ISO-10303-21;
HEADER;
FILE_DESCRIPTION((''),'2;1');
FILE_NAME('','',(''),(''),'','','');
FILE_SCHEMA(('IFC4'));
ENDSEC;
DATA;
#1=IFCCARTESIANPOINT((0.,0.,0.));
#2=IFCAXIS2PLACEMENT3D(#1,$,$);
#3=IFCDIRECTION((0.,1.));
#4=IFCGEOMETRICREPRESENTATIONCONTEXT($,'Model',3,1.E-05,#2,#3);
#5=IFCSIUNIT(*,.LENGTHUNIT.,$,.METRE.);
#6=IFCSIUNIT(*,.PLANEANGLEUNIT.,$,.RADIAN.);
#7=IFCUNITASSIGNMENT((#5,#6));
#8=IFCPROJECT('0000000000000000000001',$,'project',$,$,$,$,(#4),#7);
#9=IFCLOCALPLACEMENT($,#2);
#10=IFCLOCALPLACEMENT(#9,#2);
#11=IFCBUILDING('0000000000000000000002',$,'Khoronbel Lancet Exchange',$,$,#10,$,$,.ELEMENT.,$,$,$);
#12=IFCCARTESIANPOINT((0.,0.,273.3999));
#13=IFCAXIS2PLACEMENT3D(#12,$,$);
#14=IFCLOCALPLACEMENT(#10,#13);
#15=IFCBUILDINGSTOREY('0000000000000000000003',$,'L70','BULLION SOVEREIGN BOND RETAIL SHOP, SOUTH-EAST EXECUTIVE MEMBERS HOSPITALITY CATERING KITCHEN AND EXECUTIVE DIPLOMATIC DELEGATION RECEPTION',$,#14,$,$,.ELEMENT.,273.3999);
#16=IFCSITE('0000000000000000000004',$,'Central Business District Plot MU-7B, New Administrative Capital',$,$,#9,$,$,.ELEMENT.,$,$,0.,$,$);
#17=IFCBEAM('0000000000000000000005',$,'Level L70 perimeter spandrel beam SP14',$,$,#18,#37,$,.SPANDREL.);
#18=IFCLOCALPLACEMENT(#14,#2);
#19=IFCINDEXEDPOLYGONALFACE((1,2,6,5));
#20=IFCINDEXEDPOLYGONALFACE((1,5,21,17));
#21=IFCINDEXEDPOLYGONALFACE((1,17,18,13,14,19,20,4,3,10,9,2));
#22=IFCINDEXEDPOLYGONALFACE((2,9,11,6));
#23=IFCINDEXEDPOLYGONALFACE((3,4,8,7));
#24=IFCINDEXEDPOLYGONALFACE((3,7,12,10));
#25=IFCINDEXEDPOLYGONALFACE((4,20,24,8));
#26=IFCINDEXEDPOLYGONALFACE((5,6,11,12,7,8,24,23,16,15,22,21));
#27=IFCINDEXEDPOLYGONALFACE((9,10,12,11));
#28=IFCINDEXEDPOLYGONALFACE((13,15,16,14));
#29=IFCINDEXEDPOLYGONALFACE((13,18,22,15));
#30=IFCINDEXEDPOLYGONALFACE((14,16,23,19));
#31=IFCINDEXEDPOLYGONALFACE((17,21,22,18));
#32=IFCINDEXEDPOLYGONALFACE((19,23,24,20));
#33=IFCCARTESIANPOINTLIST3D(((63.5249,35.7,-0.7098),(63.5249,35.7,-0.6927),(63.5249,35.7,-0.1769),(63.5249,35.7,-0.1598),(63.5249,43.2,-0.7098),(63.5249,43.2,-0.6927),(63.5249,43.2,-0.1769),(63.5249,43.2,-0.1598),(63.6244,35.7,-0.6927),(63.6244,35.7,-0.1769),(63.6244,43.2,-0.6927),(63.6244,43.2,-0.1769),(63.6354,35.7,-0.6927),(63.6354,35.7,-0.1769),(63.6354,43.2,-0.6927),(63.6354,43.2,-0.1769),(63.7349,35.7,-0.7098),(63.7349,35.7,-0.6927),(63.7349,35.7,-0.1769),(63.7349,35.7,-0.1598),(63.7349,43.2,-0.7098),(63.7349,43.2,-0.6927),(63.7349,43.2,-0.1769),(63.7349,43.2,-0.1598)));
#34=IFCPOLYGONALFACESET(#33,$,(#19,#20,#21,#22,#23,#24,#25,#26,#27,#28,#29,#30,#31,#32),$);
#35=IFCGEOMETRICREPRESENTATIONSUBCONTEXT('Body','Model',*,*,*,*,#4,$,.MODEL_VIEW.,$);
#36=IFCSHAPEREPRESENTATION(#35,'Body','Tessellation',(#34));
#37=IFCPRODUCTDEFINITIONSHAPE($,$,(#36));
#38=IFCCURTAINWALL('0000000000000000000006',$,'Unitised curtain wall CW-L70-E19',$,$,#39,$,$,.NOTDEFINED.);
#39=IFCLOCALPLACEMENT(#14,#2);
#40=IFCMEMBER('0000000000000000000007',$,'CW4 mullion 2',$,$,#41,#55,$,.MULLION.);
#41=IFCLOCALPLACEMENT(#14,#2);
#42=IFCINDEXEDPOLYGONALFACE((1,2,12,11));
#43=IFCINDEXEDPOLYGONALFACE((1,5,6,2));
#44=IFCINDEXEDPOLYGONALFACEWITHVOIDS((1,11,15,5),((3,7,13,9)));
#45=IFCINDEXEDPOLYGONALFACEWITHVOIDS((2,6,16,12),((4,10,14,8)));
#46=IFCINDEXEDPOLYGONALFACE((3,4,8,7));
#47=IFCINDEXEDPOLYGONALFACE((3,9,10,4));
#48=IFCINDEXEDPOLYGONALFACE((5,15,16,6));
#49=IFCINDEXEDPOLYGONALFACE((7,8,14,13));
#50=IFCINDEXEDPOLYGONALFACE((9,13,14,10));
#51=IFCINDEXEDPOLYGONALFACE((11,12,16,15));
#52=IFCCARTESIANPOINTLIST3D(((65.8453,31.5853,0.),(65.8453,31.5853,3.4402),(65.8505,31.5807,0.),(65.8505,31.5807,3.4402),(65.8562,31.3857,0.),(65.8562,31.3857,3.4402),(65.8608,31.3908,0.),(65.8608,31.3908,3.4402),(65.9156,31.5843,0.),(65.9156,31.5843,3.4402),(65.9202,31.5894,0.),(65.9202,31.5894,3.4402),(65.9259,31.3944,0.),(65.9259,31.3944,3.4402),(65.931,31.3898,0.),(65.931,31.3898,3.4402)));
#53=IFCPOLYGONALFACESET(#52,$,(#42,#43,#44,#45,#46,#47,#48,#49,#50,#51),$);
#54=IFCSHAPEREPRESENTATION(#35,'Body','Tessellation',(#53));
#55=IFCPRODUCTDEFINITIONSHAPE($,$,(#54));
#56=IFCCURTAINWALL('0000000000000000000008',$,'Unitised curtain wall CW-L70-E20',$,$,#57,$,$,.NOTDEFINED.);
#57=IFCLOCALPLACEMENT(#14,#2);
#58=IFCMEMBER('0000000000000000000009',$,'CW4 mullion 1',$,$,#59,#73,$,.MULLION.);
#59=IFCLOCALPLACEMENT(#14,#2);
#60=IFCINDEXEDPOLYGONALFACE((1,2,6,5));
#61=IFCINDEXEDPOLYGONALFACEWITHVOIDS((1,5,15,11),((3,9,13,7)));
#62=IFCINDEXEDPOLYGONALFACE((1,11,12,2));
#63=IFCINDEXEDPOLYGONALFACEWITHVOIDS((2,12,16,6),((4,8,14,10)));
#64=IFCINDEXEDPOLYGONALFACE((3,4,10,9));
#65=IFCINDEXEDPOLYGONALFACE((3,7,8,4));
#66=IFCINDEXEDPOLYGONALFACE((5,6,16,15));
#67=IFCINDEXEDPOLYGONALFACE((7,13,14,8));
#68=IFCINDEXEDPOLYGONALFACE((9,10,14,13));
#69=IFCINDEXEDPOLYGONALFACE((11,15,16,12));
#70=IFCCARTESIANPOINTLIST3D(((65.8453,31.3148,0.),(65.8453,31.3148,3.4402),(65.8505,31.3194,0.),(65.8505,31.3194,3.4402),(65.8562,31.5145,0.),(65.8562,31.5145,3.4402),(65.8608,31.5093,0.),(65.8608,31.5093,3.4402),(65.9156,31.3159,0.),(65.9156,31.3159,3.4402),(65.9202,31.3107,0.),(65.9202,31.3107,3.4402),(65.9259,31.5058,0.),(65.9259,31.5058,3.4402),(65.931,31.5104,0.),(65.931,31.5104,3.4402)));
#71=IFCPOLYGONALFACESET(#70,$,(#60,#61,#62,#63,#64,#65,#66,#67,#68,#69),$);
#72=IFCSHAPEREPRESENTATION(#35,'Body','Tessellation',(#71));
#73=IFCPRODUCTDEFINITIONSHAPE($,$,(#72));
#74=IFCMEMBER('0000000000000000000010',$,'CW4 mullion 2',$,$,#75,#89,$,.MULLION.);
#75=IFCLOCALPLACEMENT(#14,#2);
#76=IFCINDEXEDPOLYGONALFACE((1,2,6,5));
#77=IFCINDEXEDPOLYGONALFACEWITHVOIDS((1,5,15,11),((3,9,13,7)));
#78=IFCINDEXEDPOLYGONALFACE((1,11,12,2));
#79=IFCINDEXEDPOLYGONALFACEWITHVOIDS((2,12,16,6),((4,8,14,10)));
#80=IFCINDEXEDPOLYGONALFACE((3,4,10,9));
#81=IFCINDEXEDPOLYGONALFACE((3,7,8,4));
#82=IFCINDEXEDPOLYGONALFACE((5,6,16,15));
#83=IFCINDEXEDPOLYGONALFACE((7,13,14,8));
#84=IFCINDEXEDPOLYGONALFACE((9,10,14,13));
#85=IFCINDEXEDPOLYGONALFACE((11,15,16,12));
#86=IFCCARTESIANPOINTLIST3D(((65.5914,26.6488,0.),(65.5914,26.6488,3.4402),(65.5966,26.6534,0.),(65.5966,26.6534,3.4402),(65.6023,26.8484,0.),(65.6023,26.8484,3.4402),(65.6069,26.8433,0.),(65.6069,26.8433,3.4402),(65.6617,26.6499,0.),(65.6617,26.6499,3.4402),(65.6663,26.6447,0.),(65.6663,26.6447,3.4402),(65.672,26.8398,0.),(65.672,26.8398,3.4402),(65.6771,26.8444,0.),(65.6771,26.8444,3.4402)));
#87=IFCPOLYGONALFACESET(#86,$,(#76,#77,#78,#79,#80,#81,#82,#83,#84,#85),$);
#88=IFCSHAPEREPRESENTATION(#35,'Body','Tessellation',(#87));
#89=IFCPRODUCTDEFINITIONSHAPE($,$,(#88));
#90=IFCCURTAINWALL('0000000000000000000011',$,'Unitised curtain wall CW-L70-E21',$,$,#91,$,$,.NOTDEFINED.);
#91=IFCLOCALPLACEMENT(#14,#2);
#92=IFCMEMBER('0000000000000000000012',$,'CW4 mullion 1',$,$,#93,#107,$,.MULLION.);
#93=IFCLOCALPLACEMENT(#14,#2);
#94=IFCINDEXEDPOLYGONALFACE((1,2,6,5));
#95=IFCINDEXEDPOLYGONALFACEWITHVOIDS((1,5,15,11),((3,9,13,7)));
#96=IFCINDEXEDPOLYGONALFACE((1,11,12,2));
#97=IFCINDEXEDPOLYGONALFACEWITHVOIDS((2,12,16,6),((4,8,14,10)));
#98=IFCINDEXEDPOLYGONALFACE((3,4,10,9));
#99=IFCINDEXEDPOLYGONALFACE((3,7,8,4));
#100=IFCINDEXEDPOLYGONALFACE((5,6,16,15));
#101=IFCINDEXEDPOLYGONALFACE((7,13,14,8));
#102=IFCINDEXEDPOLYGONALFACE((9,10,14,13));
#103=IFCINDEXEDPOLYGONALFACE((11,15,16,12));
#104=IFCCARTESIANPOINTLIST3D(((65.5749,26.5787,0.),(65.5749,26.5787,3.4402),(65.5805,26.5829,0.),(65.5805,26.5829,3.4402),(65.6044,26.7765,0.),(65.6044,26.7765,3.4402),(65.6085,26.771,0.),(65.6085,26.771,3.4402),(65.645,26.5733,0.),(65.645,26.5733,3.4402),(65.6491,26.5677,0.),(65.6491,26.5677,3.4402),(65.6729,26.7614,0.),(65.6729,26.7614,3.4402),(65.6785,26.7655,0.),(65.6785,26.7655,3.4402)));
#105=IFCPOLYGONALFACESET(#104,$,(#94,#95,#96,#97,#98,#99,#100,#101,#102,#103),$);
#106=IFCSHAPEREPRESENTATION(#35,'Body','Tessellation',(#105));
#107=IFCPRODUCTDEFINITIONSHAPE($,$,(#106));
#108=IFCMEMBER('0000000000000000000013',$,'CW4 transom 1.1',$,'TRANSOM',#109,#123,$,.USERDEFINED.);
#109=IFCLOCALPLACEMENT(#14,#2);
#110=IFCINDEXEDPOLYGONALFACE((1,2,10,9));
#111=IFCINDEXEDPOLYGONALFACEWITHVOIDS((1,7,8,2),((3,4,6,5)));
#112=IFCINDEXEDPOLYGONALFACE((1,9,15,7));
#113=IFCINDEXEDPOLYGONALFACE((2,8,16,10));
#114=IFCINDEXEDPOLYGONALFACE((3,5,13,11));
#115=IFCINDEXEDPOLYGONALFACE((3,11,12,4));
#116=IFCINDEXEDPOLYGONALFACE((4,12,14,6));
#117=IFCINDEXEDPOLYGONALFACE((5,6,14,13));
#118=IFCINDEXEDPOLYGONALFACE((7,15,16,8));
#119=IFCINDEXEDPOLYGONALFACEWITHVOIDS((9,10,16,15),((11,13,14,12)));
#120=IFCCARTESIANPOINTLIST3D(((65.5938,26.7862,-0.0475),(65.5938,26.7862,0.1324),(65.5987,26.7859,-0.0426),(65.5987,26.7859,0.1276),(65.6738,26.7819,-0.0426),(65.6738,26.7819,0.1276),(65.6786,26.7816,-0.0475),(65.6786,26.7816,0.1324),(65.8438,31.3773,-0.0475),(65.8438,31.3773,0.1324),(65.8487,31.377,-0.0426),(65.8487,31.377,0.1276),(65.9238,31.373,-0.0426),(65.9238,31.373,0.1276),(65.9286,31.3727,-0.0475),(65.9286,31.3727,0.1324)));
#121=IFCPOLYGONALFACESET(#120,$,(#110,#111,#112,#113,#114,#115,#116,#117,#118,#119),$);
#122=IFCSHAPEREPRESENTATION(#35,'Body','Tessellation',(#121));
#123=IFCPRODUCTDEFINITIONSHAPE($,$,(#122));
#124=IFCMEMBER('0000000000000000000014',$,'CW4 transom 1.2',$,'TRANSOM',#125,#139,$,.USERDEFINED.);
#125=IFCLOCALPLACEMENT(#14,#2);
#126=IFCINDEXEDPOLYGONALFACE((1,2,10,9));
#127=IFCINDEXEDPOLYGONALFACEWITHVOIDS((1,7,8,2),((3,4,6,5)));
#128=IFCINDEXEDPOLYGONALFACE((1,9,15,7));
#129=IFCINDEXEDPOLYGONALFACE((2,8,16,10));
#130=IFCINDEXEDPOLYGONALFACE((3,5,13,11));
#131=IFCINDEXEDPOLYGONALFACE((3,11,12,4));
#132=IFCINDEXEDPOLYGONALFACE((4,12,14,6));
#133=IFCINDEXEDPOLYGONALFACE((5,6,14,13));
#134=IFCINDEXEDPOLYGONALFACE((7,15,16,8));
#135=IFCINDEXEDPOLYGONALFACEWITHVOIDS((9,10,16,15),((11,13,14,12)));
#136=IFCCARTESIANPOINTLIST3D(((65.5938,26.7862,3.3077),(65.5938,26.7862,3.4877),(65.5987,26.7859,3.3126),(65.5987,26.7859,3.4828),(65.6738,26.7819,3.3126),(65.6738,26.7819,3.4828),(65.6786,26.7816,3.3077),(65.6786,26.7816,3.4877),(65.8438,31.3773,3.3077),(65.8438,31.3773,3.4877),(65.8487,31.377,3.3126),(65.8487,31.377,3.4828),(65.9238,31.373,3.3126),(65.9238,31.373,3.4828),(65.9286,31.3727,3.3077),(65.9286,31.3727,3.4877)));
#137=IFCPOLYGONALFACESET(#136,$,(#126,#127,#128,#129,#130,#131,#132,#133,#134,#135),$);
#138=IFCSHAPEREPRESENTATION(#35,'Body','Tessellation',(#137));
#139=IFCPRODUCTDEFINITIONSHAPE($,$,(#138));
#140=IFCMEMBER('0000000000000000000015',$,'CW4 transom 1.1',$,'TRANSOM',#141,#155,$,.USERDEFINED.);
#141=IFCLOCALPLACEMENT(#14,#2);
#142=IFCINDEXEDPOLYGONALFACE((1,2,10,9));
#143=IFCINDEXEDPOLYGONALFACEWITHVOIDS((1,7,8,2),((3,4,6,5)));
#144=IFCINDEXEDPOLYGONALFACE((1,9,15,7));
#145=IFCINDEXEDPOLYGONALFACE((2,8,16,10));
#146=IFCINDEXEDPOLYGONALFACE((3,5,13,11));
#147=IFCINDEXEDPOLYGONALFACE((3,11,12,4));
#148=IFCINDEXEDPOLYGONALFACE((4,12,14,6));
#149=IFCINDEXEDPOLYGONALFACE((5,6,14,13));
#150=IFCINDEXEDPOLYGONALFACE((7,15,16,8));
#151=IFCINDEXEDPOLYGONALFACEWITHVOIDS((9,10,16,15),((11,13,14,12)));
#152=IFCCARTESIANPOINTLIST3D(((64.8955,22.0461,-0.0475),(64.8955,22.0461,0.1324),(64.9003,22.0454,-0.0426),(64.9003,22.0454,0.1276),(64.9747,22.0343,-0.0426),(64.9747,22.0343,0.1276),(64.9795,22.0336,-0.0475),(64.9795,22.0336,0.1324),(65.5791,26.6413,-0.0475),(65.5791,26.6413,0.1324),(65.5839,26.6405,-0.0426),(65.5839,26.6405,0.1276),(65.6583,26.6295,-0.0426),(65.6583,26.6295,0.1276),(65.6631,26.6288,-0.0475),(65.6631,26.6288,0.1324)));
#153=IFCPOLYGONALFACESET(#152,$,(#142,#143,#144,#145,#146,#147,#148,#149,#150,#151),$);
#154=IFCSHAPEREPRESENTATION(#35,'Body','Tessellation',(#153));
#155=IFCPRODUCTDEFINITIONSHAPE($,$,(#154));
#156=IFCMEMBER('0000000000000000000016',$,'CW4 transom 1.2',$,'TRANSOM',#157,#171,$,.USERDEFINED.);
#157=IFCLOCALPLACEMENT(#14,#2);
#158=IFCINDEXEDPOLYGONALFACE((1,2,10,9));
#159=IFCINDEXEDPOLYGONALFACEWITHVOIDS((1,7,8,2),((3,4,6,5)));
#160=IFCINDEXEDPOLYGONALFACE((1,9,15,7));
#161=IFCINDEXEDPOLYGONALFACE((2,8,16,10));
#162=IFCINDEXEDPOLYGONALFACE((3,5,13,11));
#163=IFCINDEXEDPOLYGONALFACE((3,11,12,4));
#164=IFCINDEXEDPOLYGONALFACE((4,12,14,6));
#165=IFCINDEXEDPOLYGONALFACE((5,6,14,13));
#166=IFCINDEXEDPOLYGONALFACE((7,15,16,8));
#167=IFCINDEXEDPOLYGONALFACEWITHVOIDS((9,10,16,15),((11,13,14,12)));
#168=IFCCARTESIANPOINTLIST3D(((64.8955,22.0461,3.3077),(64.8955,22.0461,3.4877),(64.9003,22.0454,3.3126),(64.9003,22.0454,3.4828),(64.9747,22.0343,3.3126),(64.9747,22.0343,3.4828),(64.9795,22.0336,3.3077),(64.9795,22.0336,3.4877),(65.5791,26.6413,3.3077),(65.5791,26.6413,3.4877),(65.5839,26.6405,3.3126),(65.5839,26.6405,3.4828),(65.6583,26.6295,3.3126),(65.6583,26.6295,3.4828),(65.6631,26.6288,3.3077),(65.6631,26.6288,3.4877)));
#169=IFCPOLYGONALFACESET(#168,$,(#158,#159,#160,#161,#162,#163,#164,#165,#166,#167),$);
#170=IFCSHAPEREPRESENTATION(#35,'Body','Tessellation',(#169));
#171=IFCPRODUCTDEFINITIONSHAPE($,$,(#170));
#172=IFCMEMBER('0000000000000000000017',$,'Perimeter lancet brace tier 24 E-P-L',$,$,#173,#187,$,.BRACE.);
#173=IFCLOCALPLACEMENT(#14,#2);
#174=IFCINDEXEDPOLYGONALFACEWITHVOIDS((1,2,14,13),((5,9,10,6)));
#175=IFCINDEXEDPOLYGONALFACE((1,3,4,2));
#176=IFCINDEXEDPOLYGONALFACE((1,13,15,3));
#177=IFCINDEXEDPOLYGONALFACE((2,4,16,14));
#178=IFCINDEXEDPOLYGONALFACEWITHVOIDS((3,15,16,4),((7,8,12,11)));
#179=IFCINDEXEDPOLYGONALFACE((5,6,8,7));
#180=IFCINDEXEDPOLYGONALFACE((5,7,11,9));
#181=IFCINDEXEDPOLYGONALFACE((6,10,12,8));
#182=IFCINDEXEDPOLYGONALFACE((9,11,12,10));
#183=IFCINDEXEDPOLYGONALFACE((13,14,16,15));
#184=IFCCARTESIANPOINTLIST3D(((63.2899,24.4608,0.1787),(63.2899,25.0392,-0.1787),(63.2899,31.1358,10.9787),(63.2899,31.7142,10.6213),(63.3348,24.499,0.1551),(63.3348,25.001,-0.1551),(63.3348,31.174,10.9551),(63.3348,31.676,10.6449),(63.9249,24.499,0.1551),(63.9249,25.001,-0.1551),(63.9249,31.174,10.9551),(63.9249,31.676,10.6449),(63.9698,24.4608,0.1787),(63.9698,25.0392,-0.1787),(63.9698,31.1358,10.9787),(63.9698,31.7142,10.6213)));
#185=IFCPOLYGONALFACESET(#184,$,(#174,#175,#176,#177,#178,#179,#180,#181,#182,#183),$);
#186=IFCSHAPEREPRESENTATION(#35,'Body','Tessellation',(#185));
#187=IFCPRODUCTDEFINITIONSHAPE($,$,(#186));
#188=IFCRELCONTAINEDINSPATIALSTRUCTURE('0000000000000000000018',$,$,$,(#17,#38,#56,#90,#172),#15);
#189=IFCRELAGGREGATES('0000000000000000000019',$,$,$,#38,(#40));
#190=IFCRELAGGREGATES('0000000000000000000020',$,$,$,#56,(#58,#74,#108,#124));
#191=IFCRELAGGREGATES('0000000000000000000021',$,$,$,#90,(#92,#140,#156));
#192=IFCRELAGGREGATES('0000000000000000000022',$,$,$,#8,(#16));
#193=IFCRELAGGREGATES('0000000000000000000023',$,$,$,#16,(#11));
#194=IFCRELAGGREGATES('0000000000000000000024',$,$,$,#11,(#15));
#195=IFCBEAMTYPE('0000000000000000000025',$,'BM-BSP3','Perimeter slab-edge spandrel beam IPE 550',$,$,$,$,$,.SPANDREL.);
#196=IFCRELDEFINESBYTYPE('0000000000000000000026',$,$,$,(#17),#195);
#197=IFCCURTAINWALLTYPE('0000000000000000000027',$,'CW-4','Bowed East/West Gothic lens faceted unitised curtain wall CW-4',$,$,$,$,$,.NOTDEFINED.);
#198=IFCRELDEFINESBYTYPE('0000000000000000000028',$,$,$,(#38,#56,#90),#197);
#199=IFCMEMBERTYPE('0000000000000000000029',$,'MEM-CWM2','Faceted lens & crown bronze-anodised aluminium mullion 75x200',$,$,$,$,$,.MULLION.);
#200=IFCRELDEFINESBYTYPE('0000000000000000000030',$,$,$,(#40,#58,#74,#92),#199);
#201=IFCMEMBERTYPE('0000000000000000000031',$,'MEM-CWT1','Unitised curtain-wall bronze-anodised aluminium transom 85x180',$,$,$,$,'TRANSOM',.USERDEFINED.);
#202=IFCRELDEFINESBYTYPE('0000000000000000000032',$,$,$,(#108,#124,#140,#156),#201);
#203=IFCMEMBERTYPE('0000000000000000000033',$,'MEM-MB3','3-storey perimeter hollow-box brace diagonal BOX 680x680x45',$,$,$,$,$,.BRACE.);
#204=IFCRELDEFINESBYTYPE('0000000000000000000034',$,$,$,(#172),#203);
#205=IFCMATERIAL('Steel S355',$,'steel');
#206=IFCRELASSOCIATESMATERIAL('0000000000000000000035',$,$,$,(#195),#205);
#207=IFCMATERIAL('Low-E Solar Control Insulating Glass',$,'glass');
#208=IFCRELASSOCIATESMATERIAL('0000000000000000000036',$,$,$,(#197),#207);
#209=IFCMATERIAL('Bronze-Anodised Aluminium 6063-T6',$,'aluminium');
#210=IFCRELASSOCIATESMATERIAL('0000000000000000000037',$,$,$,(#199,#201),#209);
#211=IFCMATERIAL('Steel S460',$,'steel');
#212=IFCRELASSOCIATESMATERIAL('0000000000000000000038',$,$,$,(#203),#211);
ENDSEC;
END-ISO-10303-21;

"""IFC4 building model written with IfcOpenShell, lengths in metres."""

from ifc_helpers import new_model, si_unit, direction, frame, origin, origin_2d, place, context, subcontext, project, spatial, hollow_rectangle, i_section, extrude, material, material_profile, profile_set, type_object, element, aggregate, save


model = new_model("IFC4")

# Units and contexts
model_context = context("Model", 3, precision=1e-05, world=origin(), true_north=direction((0.0, 1.0)))
body_context = subcontext(model_context, "Body", "Model", "MODEL_VIEW")
ifc_project = project(units=[si_unit("LENGTHUNIT", "METRE"), si_unit("PLANEANGLEUNIT", "RADIAN")], contexts=[model_context])

# Site, building, storey
site_placement = place(None, origin())
site = spatial("IfcSite", under=ifc_project, at=site_placement, Name="Central Business District Plot MU-7B, New Administrative Capital", CompositionType="ELEMENT", RefElevation=0.0)
building_placement = place(site_placement, origin())
building = spatial("IfcBuilding", under=site, at=building_placement, Name="Khoronbel Lancet Exchange", CompositionType="ELEMENT")
storey_placement = place(building_placement, frame((0.0, 0.0, 273.3999)))
storey = spatial("IfcBuildingStorey", under=building, at=storey_placement, Name="L70", Description="BULLION SOVEREIGN BOND RETAIL SHOP, SOUTH-EAST EXECUTIVE MEMBERS HOSPITALITY CATERING KITCHEN AND EXECUTIVE DIPLOMATIC DELEGATION RECEPTION", CompositionType="ELEMENT", Elevation=273.3999)

# Shared definitions
ifc_material_1 = material(Name="Steel S355", Category="steel")

# Beam
ifc_material_profile_1 = material_profile(ifc_material_1, i_section(OverallWidth=0.21, OverallDepth=0.55, WebThickness=0.011, FlangeThickness=0.0171, at=origin_2d()), Name="IPE 550")
ifc_profile_set_1 = profile_set([ifc_material_profile_1], Name="Steel S355")
beam_type_1 = type_object("IfcBeamType", Name="BM-BSP3", Description="Perimeter slab-edge spandrel beam IPE 550", PredefinedType="SPANDREL", material=ifc_profile_set_1)
beam_1_placement = place(storey_placement, frame((63.6299, 35.7, -0.4348), z_axis=(0.0, 1.0, 0.0), x_axis=(-1.0, 0.0, 0.0)))
element("IfcBeam", 1, at=beam_1_placement, inside=storey, type_object=beam_type_1, Name="Level L70 perimeter spandrel beam SP14", PredefinedType="SPANDREL", context=body_context, shape_type="SweptSolid", body=[
    extrude(i_section(OverallWidth=0.21, OverallDepth=0.55, WebThickness=0.011, FlangeThickness=0.0171, at=origin_2d()), origin(), (0.0, 0.0, 1.0), 7.5),
])

# Curtain wall, member
ifc_material_2 = material(Name="Low-E Solar Control Insulating Glass", Category="glass")
curtain_wall_type = type_object("IfcCurtainWallType", Name="CW-4", Description="Bowed East/West Gothic lens faceted unitised curtain wall CW-4", PredefinedType="NOTDEFINED", material=ifc_material_2)
curtain_wall_1_placement = place(storey_placement, origin())
curtain_wall_1 = element("IfcCurtainWall", 2, at=curtain_wall_1_placement, inside=storey, type_object=curtain_wall_type, Name="Unitised curtain wall CW-L70-E19", PredefinedType="NOTDEFINED")
ifc_material_3 = material(Name="Bronze-Anodised Aluminium 6063-T6", Category="aluminium")
ifc_material_profile_2 = material_profile(ifc_material_3, hollow_rectangle(XDim=0.075, YDim=0.2, WallThickness=0.0049, at=origin_2d()), Name="ALU MULLION 75x200")
ifc_profile_set_2 = profile_set([ifc_material_profile_2], Name="Bronze-Anodised Aluminium 6063-T6")
member_type_1 = type_object("IfcMemberType", Name="MEM-CWM2", Description="Faceted lens & crown bronze-anodised aluminium mullion 75x200", PredefinedType="MULLION", material=ifc_profile_set_2)
member_1_placement = place(storey_placement, frame((65.8882, 31.4875, 0.0), z_axis=(0.0, 0.0, 1.0), x_axis=(0.998521, 0.054361, 0.0)))
member_1 = element("IfcMember", 3, at=member_1_placement, type_object=member_type_1, Name="CW4 mullion 2", PredefinedType="MULLION", context=body_context, shape_type="SweptSolid", body=[
    extrude(hollow_rectangle(XDim=0.075, YDim=0.2, WallThickness=0.0049, at=origin_2d()), origin(), (0.0, 0.0, 1.0), 3.4402),
])

# Curtain wall, members
curtain_wall_2_placement = place(storey_placement, origin())
curtain_wall_2 = element("IfcCurtainWall", 4, at=curtain_wall_2_placement, inside=storey, type_object=curtain_wall_type, Name="Unitised curtain wall CW-L70-E20", PredefinedType="NOTDEFINED")
member_2_placement = place(storey_placement, frame((65.8882, 31.4126, 0.0), z_axis=(0.0, 0.0, 1.0), x_axis=(0.998521, -0.054361, 0.0)))
member_2 = element("IfcMember", 5, at=member_2_placement, type_object=member_type_1, Name="CW4 mullion 1", PredefinedType="MULLION", context=body_context, shape_type="SweptSolid", body=[
    extrude(hollow_rectangle(XDim=0.075, YDim=0.2, WallThickness=0.0049, at=origin_2d()), origin(), (0.0, 0.0, 1.0), 3.4402),
])
member_3_placement = place(storey_placement, frame((65.6343, 26.7466, 0.0), z_axis=(0.0, 0.0, 1.0), x_axis=(0.998521, -0.054361, 0.0)))
member_3 = element("IfcMember", 6, at=member_3_placement, type_object=member_type_1, Name="CW4 mullion 2", PredefinedType="MULLION", context=body_context, shape_type="SweptSolid", body=[
    extrude(hollow_rectangle(XDim=0.075, YDim=0.2, WallThickness=0.0049, at=origin_2d()), origin(), (0.0, 0.0, 1.0), 3.4402),
])

# Curtain wall, member
curtain_wall_3_placement = place(storey_placement, origin())
curtain_wall_3 = element("IfcCurtainWall", 7, at=curtain_wall_3_placement, inside=storey, type_object=curtain_wall_type, Name="Unitised curtain wall CW-L70-E21", PredefinedType="NOTDEFINED")
member_4_placement = place(storey_placement, frame((65.6267, 26.6721, 0.0), z_axis=(0.0, 0.0, 1.0), x_axis=(0.989114, -0.147152, 0.0)))
member_4 = element("IfcMember", 8, at=member_4_placement, type_object=member_type_1, Name="CW4 mullion 1", PredefinedType="MULLION", context=body_context, shape_type="SweptSolid", body=[
    extrude(hollow_rectangle(XDim=0.075, YDim=0.2, WallThickness=0.0049, at=origin_2d()), origin(), (0.0, 0.0, 1.0), 3.4402),
])

# Members
ifc_material_profile_3 = material_profile(ifc_material_3, hollow_rectangle(XDim=0.085, YDim=0.1799, WallThickness=0.0049, at=origin_2d()), Name="ALU TRANSOM 85x180")
ifc_profile_set_3 = profile_set([ifc_material_profile_3], Name="Bronze-Anodised Aluminium 6063-T6")
member_type_2 = type_object("IfcMemberType", Name="MEM-CWT1", Description="Unitised curtain-wall bronze-anodised aluminium transom 85x180", ElementType="TRANSOM", PredefinedType="USERDEFINED", material=ifc_profile_set_3)
member_5_placement = place(storey_placement, frame((65.8862, 31.375, 0.0425), z_axis=(-0.054373, -0.998521, 0.0), x_axis=(0.998521, -0.054373, 0.0)))
member_5 = element("IfcMember", 9, at=member_5_placement, type_object=member_type_2, Name="CW4 transom 1.1", ObjectType="TRANSOM", PredefinedType="USERDEFINED", context=body_context, shape_type="SweptSolid", body=[
    extrude(hollow_rectangle(XDim=0.085, YDim=0.1799, WallThickness=0.0049, at=origin_2d()), origin(), (0.0, 0.0, 1.0), 4.5979),
])
member_6_placement = place(storey_placement, frame((65.8862, 31.375, 3.3977), z_axis=(-0.054373, -0.998521, 0.0), x_axis=(0.998521, -0.054373, 0.0)))
member_6 = element("IfcMember", 10, at=member_6_placement, type_object=member_type_2, Name="CW4 transom 1.2", ObjectType="TRANSOM", PredefinedType="USERDEFINED", context=body_context, shape_type="SweptSolid", body=[
    extrude(hollow_rectangle(XDim=0.085, YDim=0.1799, WallThickness=0.0049, at=origin_2d()), origin(), (0.0, 0.0, 1.0), 4.5979),
])
member_7_placement = place(storey_placement, frame((65.6211, 26.635, 0.0425), z_axis=(-0.147143, -0.989115, 0.0), x_axis=(0.989115, -0.147143, 0.0)))
member_7 = element("IfcMember", 11, at=member_7_placement, type_object=member_type_2, Name="CW4 transom 1.1", ObjectType="TRANSOM", PredefinedType="USERDEFINED", context=body_context, shape_type="SweptSolid", body=[
    extrude(hollow_rectangle(XDim=0.085, YDim=0.1799, WallThickness=0.0049, at=origin_2d()), origin(), (0.0, 0.0, 1.0), 4.6458),
])
member_8_placement = place(storey_placement, frame((65.6211, 26.635, 3.3977), z_axis=(-0.147143, -0.989115, 0.0), x_axis=(0.989115, -0.147143, 0.0)))
member_8 = element("IfcMember", 12, at=member_8_placement, type_object=member_type_2, Name="CW4 transom 1.2", ObjectType="TRANSOM", PredefinedType="USERDEFINED", context=body_context, shape_type="SweptSolid", body=[
    extrude(hollow_rectangle(XDim=0.085, YDim=0.1799, WallThickness=0.0049, at=origin_2d()), origin(), (0.0, 0.0, 1.0), 4.6458),
])
ifc_material_4 = material(Name="Steel S460", Category="steel")
ifc_material_profile_4 = material_profile(ifc_material_4, hollow_rectangle(XDim=0.6799, YDim=0.6799, WallThickness=0.0449, at=origin_2d()), Name="BOX 680x680x45")
ifc_profile_set_4 = profile_set([ifc_material_profile_4], Name="Steel S460")
member_type_3 = type_object("IfcMemberType", Name="MEM-MB3", Description="3-storey perimeter hollow-box brace diagonal BOX 680x680x45", PredefinedType="BRACE", material=ifc_profile_set_4)
member_9_placement = place(storey_placement, frame((63.6299, 24.75, 0.0), z_axis=(0.0, 0.525745, 0.850642), x_axis=(-1.0, 0.0, 0.0)))
element("IfcMember", 13, at=member_9_placement, inside=storey, type_object=member_type_3, Name="Perimeter lancet brace tier 24 E-P-L", PredefinedType="BRACE", context=body_context, shape_type="SweptSolid", body=[
    extrude(hollow_rectangle(XDim=0.6799, YDim=0.6799, WallThickness=0.0449, at=origin_2d()), origin(), (0.0, 0.0, 1.0), 12.6963),
])

aggregate(curtain_wall_1, [member_1])
aggregate(curtain_wall_2, [member_2, member_3, member_5, member_6])
aggregate(curtain_wall_3, [member_4, member_7, member_8])

save(model, "model.ifc")
